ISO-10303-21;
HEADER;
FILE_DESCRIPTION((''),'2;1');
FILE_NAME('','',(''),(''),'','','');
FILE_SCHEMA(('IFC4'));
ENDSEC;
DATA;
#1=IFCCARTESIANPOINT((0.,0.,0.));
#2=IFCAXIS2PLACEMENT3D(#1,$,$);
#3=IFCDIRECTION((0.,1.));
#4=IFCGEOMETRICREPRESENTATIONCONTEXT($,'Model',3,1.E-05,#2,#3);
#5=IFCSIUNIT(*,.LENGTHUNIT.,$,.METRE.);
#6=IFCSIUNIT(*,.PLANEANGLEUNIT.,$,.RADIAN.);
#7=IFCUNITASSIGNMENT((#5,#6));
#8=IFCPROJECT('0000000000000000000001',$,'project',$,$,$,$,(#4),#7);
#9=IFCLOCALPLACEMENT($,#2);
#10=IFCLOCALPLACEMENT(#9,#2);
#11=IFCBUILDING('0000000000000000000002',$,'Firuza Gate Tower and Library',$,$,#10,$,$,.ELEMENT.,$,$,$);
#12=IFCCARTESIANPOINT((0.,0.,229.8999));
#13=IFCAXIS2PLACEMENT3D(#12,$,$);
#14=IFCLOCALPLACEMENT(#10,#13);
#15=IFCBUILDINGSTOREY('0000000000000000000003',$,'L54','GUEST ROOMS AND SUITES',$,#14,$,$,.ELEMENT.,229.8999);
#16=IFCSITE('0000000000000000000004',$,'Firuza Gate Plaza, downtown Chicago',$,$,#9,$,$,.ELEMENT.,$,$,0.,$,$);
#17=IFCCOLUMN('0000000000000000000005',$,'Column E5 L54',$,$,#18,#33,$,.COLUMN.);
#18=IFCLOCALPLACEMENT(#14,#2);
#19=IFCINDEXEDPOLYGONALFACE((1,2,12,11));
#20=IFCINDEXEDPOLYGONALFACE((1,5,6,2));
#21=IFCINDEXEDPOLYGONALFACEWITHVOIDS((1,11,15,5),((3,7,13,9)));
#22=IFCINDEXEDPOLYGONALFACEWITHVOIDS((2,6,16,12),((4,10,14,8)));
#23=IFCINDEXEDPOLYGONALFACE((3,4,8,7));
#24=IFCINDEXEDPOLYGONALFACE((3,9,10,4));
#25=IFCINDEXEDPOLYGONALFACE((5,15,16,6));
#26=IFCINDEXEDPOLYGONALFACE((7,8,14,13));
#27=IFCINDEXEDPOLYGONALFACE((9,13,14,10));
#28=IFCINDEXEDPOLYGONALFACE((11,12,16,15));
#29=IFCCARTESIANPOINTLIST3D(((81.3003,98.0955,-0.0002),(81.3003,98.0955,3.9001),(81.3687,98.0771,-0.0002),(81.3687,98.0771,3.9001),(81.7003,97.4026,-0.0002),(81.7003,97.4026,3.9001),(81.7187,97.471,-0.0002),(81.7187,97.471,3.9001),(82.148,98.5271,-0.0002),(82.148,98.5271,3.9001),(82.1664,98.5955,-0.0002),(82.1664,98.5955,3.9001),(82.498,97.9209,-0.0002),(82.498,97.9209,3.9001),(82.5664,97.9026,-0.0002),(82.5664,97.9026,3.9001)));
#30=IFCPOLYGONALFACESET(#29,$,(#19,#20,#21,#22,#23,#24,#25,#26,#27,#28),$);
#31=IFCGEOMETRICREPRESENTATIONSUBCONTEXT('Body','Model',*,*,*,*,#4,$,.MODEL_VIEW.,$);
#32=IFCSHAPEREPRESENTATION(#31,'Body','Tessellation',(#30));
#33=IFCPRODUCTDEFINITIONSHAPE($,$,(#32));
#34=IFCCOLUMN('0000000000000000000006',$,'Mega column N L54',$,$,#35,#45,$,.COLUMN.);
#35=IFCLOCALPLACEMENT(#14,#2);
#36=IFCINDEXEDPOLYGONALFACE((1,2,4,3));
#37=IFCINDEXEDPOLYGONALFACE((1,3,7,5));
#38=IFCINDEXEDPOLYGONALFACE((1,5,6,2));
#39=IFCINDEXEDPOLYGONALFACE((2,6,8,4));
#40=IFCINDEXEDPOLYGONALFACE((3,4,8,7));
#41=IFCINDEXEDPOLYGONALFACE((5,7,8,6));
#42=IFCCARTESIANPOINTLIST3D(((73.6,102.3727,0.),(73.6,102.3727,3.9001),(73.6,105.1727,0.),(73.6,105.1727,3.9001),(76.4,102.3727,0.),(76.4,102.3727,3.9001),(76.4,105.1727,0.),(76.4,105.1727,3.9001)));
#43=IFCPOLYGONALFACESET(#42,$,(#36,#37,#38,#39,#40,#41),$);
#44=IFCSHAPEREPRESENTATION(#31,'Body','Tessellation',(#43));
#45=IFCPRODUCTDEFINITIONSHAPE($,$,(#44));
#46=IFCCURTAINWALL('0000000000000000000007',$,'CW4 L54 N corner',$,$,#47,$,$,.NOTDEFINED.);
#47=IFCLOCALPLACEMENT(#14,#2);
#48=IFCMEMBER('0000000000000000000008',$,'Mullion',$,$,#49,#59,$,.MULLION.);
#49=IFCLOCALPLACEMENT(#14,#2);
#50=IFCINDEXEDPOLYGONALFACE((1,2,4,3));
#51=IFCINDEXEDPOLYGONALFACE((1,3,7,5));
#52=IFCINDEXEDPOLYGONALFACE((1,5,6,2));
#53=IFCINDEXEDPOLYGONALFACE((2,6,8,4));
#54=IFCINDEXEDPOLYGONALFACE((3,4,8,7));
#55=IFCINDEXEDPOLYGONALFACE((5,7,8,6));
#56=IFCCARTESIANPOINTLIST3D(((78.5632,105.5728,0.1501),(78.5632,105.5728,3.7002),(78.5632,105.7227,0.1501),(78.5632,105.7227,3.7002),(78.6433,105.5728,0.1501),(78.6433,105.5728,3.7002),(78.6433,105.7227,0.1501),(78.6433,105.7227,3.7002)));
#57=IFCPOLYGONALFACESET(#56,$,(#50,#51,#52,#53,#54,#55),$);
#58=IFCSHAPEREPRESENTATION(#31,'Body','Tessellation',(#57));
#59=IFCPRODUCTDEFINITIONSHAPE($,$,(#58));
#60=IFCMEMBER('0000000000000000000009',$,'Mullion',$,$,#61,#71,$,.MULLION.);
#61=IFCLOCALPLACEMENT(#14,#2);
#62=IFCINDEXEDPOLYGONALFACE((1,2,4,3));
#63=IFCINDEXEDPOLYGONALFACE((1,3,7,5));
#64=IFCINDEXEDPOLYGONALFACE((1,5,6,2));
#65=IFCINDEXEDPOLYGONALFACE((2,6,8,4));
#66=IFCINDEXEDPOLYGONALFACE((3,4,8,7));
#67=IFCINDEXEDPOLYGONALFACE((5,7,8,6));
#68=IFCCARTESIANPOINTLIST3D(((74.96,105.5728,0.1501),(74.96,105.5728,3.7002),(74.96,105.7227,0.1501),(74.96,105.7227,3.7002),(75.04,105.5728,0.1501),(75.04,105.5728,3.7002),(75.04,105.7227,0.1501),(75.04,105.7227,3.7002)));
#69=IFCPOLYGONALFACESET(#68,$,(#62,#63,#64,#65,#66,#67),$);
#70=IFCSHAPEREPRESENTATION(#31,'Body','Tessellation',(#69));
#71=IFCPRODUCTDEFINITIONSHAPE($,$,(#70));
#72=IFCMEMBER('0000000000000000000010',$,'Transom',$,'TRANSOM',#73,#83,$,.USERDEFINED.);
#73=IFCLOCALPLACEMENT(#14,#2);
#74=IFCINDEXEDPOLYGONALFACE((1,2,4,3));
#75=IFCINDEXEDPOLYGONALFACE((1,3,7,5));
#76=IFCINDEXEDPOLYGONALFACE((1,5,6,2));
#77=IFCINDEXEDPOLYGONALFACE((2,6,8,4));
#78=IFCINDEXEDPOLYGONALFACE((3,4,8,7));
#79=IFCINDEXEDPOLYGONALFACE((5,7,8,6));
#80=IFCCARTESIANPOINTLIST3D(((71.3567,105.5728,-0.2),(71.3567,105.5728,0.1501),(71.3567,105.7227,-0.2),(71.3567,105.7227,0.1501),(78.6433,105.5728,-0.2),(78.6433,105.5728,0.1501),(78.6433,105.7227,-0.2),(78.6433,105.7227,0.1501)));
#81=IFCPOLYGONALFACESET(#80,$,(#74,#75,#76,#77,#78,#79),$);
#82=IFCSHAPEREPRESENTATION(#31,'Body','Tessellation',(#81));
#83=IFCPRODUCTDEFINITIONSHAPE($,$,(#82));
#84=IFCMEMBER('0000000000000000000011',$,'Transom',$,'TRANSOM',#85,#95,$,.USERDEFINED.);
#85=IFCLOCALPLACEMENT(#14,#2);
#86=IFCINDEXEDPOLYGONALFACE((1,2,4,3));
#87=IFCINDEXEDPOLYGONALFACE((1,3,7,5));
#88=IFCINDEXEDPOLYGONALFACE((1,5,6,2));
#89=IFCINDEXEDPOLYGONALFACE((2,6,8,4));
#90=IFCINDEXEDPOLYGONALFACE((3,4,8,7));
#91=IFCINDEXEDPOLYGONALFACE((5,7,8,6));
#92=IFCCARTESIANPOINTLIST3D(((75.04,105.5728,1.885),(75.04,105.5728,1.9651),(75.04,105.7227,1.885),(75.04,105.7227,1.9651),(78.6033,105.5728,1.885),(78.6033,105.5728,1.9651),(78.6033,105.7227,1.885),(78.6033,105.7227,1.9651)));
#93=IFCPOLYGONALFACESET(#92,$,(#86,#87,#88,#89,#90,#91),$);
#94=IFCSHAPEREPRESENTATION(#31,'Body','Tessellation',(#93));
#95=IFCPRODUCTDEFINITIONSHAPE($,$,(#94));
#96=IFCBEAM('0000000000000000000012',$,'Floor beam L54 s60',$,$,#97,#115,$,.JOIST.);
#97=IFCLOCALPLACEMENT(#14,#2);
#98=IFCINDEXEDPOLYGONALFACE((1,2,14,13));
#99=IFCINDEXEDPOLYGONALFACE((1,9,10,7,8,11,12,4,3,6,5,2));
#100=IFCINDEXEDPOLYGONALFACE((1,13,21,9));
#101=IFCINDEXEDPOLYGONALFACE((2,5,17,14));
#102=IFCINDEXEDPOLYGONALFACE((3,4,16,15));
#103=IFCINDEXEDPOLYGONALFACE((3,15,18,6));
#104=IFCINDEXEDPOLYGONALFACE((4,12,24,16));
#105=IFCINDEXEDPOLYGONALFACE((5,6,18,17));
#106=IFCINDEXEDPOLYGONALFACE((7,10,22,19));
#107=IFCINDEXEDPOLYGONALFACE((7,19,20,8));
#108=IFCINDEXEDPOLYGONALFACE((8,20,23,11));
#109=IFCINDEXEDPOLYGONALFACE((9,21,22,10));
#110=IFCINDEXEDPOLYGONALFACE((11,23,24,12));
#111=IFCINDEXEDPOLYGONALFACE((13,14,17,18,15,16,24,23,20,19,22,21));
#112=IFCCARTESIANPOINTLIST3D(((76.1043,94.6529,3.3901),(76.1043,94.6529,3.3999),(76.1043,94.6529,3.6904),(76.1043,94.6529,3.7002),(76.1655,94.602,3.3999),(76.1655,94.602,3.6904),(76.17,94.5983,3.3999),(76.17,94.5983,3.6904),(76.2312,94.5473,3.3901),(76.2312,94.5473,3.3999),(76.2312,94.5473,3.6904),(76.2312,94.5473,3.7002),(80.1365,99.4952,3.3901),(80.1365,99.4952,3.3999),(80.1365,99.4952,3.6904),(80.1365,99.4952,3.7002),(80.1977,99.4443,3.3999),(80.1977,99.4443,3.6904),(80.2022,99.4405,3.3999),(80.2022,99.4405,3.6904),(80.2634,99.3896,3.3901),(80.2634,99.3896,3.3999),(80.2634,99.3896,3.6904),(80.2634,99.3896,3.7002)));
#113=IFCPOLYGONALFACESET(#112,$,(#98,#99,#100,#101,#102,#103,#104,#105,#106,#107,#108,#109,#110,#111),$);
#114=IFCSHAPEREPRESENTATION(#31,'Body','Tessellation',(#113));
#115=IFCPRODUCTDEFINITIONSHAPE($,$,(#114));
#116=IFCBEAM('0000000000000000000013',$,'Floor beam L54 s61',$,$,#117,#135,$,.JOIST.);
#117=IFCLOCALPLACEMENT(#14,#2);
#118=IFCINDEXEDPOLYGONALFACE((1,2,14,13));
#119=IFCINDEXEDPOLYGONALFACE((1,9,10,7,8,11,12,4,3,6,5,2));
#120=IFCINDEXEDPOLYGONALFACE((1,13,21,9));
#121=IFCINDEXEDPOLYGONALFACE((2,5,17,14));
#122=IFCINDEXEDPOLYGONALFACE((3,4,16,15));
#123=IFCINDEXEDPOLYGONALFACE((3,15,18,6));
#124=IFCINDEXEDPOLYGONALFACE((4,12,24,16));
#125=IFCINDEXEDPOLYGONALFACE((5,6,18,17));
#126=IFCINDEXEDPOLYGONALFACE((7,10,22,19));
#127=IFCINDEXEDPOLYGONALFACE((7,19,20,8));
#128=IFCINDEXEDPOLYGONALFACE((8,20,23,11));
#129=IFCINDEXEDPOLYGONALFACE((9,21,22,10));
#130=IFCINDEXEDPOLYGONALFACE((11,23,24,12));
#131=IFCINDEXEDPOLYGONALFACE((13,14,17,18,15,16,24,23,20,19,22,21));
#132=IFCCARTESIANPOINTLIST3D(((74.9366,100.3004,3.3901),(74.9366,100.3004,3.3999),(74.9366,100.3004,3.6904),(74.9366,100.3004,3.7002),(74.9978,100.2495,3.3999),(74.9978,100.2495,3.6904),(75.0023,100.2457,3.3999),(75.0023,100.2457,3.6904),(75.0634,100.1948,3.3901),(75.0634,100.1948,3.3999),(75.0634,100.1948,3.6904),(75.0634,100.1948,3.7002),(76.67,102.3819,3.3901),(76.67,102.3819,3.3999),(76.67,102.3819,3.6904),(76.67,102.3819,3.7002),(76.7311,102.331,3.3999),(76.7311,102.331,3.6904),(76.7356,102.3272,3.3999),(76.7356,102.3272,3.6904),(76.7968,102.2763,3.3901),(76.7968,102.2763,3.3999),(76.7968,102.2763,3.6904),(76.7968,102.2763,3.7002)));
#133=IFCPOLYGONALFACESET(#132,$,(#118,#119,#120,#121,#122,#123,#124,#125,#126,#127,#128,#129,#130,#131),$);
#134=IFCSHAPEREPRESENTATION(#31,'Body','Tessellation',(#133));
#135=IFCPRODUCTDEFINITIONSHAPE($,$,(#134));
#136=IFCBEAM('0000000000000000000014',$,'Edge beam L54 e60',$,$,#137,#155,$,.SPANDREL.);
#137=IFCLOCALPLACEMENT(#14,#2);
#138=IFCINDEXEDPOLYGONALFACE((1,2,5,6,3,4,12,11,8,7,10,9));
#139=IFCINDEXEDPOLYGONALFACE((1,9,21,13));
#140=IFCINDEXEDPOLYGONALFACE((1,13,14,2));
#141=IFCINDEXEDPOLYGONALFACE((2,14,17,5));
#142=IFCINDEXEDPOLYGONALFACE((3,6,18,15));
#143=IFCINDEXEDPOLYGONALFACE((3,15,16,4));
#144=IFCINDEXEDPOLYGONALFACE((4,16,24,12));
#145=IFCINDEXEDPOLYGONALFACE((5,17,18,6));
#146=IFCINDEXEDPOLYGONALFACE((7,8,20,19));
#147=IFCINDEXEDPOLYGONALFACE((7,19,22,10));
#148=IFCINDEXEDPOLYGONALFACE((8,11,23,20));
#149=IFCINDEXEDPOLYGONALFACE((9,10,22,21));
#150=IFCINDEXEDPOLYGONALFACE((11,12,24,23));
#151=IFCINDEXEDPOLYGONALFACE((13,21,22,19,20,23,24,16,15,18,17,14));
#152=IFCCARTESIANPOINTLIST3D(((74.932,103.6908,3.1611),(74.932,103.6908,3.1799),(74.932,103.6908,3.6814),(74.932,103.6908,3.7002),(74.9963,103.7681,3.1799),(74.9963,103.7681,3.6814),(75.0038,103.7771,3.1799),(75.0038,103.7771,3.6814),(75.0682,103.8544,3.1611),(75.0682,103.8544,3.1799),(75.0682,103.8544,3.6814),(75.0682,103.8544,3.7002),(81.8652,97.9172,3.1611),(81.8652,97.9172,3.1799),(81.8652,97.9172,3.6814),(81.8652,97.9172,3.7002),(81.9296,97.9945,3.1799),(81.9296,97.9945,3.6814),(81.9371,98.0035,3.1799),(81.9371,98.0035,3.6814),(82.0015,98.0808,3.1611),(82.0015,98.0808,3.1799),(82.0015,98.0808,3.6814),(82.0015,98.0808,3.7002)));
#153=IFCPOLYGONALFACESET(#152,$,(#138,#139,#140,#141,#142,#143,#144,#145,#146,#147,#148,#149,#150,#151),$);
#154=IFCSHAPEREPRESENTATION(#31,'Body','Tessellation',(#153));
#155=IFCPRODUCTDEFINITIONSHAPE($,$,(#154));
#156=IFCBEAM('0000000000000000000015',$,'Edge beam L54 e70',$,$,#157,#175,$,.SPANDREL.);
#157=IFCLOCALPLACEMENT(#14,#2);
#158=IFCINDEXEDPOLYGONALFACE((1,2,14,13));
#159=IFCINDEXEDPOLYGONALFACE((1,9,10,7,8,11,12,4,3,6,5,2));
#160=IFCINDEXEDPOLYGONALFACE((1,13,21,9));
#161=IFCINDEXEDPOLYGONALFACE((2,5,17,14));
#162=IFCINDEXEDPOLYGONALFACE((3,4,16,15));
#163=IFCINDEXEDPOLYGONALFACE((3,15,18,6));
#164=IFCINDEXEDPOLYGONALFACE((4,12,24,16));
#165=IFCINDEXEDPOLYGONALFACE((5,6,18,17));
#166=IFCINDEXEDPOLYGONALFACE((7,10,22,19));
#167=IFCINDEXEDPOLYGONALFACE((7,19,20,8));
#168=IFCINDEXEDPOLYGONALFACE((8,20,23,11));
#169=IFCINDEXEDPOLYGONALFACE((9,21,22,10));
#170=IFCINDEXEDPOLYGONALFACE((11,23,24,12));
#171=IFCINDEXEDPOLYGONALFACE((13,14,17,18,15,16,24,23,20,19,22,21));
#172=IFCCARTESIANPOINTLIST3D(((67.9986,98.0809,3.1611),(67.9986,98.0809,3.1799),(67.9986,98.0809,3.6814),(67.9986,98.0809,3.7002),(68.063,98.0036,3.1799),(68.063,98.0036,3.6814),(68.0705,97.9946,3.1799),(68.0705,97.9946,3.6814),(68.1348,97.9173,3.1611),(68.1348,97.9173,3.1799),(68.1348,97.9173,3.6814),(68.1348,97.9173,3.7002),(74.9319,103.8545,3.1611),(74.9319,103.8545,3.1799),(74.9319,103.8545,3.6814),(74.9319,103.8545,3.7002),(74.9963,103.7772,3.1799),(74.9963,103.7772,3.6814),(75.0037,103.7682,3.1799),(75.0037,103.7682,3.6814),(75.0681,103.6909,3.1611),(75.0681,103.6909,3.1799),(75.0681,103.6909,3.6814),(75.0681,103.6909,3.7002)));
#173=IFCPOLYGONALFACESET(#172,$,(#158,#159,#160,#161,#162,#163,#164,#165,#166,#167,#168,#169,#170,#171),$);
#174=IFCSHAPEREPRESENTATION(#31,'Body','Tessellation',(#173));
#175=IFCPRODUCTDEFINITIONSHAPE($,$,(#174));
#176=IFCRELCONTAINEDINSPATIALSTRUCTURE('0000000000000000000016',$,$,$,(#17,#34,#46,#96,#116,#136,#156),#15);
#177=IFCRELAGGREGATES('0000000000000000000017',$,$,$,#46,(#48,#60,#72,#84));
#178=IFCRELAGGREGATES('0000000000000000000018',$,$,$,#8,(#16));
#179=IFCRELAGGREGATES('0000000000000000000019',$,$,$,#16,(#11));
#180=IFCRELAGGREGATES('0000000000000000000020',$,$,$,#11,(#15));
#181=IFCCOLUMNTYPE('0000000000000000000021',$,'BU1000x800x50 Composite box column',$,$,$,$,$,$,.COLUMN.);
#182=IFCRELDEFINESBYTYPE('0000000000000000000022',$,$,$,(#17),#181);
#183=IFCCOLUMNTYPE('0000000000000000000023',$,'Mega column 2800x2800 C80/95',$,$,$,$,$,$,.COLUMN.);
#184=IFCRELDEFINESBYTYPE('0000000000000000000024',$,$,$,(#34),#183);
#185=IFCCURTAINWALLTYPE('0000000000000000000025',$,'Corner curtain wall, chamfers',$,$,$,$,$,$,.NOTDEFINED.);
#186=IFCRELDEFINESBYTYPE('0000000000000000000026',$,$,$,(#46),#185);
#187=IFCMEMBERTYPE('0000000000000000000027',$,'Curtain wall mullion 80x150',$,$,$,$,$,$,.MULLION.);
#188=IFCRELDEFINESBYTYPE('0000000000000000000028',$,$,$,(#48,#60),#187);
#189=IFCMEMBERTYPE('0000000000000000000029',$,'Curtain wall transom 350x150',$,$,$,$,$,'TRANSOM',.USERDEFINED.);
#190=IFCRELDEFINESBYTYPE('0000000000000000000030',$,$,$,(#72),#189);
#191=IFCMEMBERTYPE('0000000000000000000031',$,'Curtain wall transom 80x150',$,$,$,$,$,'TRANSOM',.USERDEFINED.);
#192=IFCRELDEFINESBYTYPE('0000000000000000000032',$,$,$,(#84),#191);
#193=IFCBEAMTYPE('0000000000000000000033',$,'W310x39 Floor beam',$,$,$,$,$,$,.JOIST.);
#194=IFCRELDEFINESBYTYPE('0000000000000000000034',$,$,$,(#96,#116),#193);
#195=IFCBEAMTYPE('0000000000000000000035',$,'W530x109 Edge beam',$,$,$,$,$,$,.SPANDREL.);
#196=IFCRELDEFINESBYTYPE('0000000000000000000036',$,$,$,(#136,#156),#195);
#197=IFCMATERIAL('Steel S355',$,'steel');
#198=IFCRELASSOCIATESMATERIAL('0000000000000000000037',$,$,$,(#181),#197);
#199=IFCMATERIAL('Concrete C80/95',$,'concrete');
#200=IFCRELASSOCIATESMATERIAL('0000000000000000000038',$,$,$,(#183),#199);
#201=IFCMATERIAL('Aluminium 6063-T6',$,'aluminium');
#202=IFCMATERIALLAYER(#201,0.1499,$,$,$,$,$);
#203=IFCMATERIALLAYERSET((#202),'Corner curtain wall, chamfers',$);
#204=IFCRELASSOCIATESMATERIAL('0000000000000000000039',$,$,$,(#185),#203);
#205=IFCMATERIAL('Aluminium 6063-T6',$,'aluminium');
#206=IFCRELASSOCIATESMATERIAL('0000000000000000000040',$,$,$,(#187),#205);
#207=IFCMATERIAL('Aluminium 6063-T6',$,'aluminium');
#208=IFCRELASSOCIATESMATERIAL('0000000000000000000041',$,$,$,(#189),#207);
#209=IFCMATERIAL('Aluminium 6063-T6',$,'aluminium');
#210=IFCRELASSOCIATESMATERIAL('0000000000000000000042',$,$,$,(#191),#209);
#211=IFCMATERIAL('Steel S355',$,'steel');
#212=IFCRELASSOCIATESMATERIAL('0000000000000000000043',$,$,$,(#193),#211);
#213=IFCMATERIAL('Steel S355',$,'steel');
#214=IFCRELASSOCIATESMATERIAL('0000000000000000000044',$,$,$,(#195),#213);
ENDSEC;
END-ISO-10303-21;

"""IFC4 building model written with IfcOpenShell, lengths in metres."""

from ifc_helpers import new_model, si_unit, direction, frame, origin, origin_2d, place, context, subcontext, project, spatial, rectangle, hollow_rectangle, i_section, extrude, material, layer, layer_set, material_profile, profile_set, type_object, element, aggregate, save


model = new_model("IFC4")

# Units and contexts
model_context = context("Model", 3, precision=1e-05, world=origin(), true_north=direction((0.0, 1.0)))
body_context = subcontext(model_context, "Body", "Model", "MODEL_VIEW")
ifc_project = project(units=[si_unit("LENGTHUNIT", "METRE"), si_unit("PLANEANGLEUNIT", "RADIAN")], contexts=[model_context])

# Site, building, storey
site_placement = place(None, origin())
site = spatial("IfcSite", under=ifc_project, at=site_placement, Name="Firuza Gate Plaza, downtown Chicago", CompositionType="ELEMENT", RefElevation=0.0)
building_placement = place(site_placement, origin())
building = spatial("IfcBuilding", under=site, at=building_placement, Name="Firuza Gate Tower and Library", CompositionType="ELEMENT")
storey_placement = place(building_placement, frame((0.0, 0.0, 229.8999)))
storey = spatial("IfcBuildingStorey", under=building, at=storey_placement, Name="L54", Description="GUEST ROOMS AND SUITES", CompositionType="ELEMENT", Elevation=229.8999)

# Columns
ifc_material_1 = material(Name="Steel S355", Category="steel")
ifc_material_profile_1 = material_profile(ifc_material_1, hollow_rectangle(XDim=0.8, YDim=1.0, WallThickness=0.05, at=origin_2d()))
ifc_profile_set_1 = profile_set([ifc_material_profile_1], Name="Steel S355")
column_type_1 = type_object("IfcColumnType", Name="BU1000x800x50 Composite box column", PredefinedType="COLUMN", material=ifc_profile_set_1)
column_1_placement = place(storey_placement, frame((81.9333, 97.999, -0.0002), z_axis=(0.0, 0.0, 1.0), x_axis=(-0.5, 0.866025, 0.0)))
element("IfcColumn", 1, at=column_1_placement, inside=storey, type_object=column_type_1, Name="Column E5 L54", PredefinedType="COLUMN", context=body_context, shape_type="SweptSolid", body=[
    extrude(hollow_rectangle(XDim=0.8, YDim=1.0, WallThickness=0.05, at=origin_2d()), origin(), (0.0, 0.0, 1.0), 3.9004),
])
ifc_material_2 = material(Name="Concrete C80/95", Category="concrete")
ifc_material_profile_2 = material_profile(ifc_material_2, rectangle(XDim=2.8, YDim=2.8, at=origin_2d()))
ifc_profile_set_2 = profile_set([ifc_material_profile_2], Name="Concrete C80/95")
column_type_2 = type_object("IfcColumnType", Name="Mega column 2800x2800 C80/95", PredefinedType="COLUMN", material=ifc_profile_set_2)
column_2_placement = place(storey_placement, frame((75.0, 103.7727, 0.0), z_axis=(0.0, 0.0, 1.0), x_axis=(-1.0, 0.0, 0.0)))
element("IfcColumn", 2, at=column_2_placement, inside=storey, type_object=column_type_2, Name="Mega column N L54", PredefinedType="COLUMN", context=body_context, shape_type="SweptSolid", body=[
    extrude(rectangle(XDim=2.8, YDim=2.8, at=origin_2d()), origin(), (0.0, 0.0, 1.0), 3.9001),
])

# Curtain wall, members
ifc_material_3 = material(Name="Aluminium 6063-T6", Category="aluminium")
ifc_layer_1 = layer(ifc_material_3, 0.1499)
ifc_layer_set_1 = layer_set([ifc_layer_1], Name="Corner curtain wall, chamfers")
curtain_wall_type = type_object("IfcCurtainWallType", Name="Corner curtain wall, chamfers", PredefinedType="NOTDEFINED", material=ifc_layer_set_1)
curtain_wall_placement = place(storey_placement, origin())
curtain_wall = element("IfcCurtainWall", 3, at=curtain_wall_placement, inside=storey, type_object=curtain_wall_type, Name="CW4 L54 N corner", PredefinedType="NOTDEFINED")
ifc_material_4 = material(Name="Aluminium 6063-T6", Category="aluminium")
ifc_material_profile_3 = material_profile(ifc_material_4, rectangle(XDim=0.1499, YDim=0.0801, at=origin_2d()))
ifc_profile_set_3 = profile_set([ifc_material_profile_3], Name="Aluminium 6063-T6")
member_type_1 = type_object("IfcMemberType", Name="Curtain wall mullion 80x150", PredefinedType="MULLION", material=ifc_profile_set_3)
member_1_placement = place(storey_placement, frame((78.6033, 105.6477, 0.1501), z_axis=(0.0, 0.0, 1.0), x_axis=(0.0, -1.0, 0.0)))
member_1 = element("IfcMember", 4, at=member_1_placement, type_object=member_type_1, Name="Mullion", PredefinedType="MULLION", context=body_context, shape_type="SweptSolid", body=[
    extrude(rectangle(XDim=0.1499, YDim=0.0801, at=origin_2d()), origin(), (0.0, 0.0, 1.0), 3.55),
])
member_2_placement = place(storey_placement, frame((75.0, 105.6477, 0.1501), z_axis=(0.0, 0.0, 1.0), x_axis=(0.0, -1.0, 0.0)))
member_2 = element("IfcMember", 5, at=member_2_placement, type_object=member_type_1, Name="Mullion", PredefinedType="MULLION", context=body_context, shape_type="SweptSolid", body=[
    extrude(rectangle(XDim=0.1499, YDim=0.0801, at=origin_2d()), origin(), (0.0, 0.0, 1.0), 3.55),
])
ifc_material_5 = material(Name="Aluminium 6063-T6", Category="aluminium")
ifc_material_profile_4 = material_profile(ifc_material_5, rectangle(XDim=0.1499, YDim=0.3501, at=origin_2d()))
ifc_profile_set_4 = profile_set([ifc_material_profile_4], Name="Aluminium 6063-T6")
member_type_2 = type_object("IfcMemberType", Name="Curtain wall transom 350x150", ElementType="TRANSOM", PredefinedType="USERDEFINED", material=ifc_profile_set_4)
member_3_placement = place(storey_placement, frame((78.6433, 105.6477, -0.0249), z_axis=(-1.0, 0.0, 0.0), x_axis=(0.0, -1.0, 0.0)))
member_3 = element("IfcMember", 6, at=member_3_placement, type_object=member_type_2, Name="Transom", ObjectType="TRANSOM", PredefinedType="USERDEFINED", context=body_context, shape_type="SweptSolid", body=[
    extrude(rectangle(XDim=0.1499, YDim=0.3501, at=origin_2d()), origin(), (0.0, 0.0, 1.0), 7.2866),
])
ifc_material_6 = material(Name="Aluminium 6063-T6", Category="aluminium")
ifc_material_profile_5 = material_profile(ifc_material_6, rectangle(XDim=0.1499, YDim=0.0801, at=origin_2d()))
ifc_profile_set_5 = profile_set([ifc_material_profile_5], Name="Aluminium 6063-T6")
member_type_3 = type_object("IfcMemberType", Name="Curtain wall transom 80x150", ElementType="TRANSOM", PredefinedType="USERDEFINED", material=ifc_profile_set_5)
member_4_placement = place(storey_placement, frame((78.6033, 105.6477, 1.925), z_axis=(-1.0, 0.0, 0.0), x_axis=(0.0, -1.0, 0.0)))
member_4 = element("IfcMember", 7, at=member_4_placement, type_object=member_type_3, Name="Transom", ObjectType="TRANSOM", PredefinedType="USERDEFINED", context=body_context, shape_type="SweptSolid", body=[
    extrude(rectangle(XDim=0.1499, YDim=0.0801, at=origin_2d()), origin(), (0.0, 0.0, 1.0), 3.5632),
])

# Beams
ifc_material_7 = material(Name="Steel S355", Category="steel")
ifc_material_profile_6 = material_profile(ifc_material_7, i_section(OverallWidth=0.165, OverallDepth=0.3101, WebThickness=0.0059, FlangeThickness=0.0098, at=origin_2d()))
ifc_profile_set_6 = profile_set([ifc_material_profile_6], Name="Steel S355")
beam_type_1 = type_object("IfcBeamType", Name="W310x39 Floor beam", PredefinedType="JOIST", material=ifc_profile_set_6)
beam_1_placement = place(storey_placement, frame((80.2, 99.4424, 3.5452), z_axis=(-0.639902, -0.768456, 0.0), x_axis=(0.768456, -0.639902, 0.0)))
element("IfcBeam", 8, at=beam_1_placement, inside=storey, type_object=beam_type_1, Name="Floor beam L54 s60", PredefinedType="JOIST", context=body_context, shape_type="SweptSolid", body=[
    extrude(i_section(OverallWidth=0.165, OverallDepth=0.3101, WebThickness=0.0059, FlangeThickness=0.0098, at=origin_2d()), origin(), (0.0, 0.0, 1.0), 6.3013),
])
beam_2_placement = place(storey_placement, frame((76.7334, 102.3291, 3.5452), z_axis=(-0.639918, -0.768443, 0.0), x_axis=(0.768443, -0.639918, 0.0)))
element("IfcBeam", 9, at=beam_2_placement, inside=storey, type_object=beam_type_1, Name="Floor beam L54 s61", PredefinedType="JOIST", context=body_context, shape_type="SweptSolid", body=[
    extrude(i_section(OverallWidth=0.165, OverallDepth=0.3101, WebThickness=0.0059, FlangeThickness=0.0098, at=origin_2d()), origin(), (0.0, 0.0, 1.0), 2.7087),
])
ifc_material_8 = material(Name="Steel S355", Category="steel")
ifc_material_profile_7 = material_profile(ifc_material_8, i_section(OverallWidth=0.2129, OverallDepth=0.5391, WebThickness=0.0117, FlangeThickness=0.0188, at=origin_2d()))
ifc_profile_set_7 = profile_set([ifc_material_profile_7], Name="Steel S355")
beam_type_2 = type_object("IfcBeamType", Name="W530x109 Edge beam", PredefinedType="SPANDREL", material=ifc_profile_set_7)
for number, where, z_axis, x_axis, name in (
    (10, (81.9333, 97.999, 3.4307), (-0.768445, 0.639916, 0.0), (-0.639916, -0.768445, 0.0), "Edge beam L54 e60"),
    (11, (75.0, 103.7727, 3.4307), (-0.768445, -0.639916, 0.0), (0.639916, -0.768445, 0.0), "Edge beam L54 e70"),
):
    element("IfcBeam", number, at=place(storey_placement, frame(where, z_axis=z_axis, x_axis=x_axis)), inside=storey, type_object=beam_type_2, Name=name, PredefinedType="SPANDREL", context=body_context, shape_type="SweptSolid", body=[
        extrude(i_section(OverallWidth=0.2129, OverallDepth=0.5391, WebThickness=0.0117, FlangeThickness=0.0188, at=origin_2d()), origin(), (0.0, 0.0, 1.0), 9.0225),
    ])

aggregate(curtain_wall, [member_1, member_2, member_3, member_4])

save(model, "model.ifc")
